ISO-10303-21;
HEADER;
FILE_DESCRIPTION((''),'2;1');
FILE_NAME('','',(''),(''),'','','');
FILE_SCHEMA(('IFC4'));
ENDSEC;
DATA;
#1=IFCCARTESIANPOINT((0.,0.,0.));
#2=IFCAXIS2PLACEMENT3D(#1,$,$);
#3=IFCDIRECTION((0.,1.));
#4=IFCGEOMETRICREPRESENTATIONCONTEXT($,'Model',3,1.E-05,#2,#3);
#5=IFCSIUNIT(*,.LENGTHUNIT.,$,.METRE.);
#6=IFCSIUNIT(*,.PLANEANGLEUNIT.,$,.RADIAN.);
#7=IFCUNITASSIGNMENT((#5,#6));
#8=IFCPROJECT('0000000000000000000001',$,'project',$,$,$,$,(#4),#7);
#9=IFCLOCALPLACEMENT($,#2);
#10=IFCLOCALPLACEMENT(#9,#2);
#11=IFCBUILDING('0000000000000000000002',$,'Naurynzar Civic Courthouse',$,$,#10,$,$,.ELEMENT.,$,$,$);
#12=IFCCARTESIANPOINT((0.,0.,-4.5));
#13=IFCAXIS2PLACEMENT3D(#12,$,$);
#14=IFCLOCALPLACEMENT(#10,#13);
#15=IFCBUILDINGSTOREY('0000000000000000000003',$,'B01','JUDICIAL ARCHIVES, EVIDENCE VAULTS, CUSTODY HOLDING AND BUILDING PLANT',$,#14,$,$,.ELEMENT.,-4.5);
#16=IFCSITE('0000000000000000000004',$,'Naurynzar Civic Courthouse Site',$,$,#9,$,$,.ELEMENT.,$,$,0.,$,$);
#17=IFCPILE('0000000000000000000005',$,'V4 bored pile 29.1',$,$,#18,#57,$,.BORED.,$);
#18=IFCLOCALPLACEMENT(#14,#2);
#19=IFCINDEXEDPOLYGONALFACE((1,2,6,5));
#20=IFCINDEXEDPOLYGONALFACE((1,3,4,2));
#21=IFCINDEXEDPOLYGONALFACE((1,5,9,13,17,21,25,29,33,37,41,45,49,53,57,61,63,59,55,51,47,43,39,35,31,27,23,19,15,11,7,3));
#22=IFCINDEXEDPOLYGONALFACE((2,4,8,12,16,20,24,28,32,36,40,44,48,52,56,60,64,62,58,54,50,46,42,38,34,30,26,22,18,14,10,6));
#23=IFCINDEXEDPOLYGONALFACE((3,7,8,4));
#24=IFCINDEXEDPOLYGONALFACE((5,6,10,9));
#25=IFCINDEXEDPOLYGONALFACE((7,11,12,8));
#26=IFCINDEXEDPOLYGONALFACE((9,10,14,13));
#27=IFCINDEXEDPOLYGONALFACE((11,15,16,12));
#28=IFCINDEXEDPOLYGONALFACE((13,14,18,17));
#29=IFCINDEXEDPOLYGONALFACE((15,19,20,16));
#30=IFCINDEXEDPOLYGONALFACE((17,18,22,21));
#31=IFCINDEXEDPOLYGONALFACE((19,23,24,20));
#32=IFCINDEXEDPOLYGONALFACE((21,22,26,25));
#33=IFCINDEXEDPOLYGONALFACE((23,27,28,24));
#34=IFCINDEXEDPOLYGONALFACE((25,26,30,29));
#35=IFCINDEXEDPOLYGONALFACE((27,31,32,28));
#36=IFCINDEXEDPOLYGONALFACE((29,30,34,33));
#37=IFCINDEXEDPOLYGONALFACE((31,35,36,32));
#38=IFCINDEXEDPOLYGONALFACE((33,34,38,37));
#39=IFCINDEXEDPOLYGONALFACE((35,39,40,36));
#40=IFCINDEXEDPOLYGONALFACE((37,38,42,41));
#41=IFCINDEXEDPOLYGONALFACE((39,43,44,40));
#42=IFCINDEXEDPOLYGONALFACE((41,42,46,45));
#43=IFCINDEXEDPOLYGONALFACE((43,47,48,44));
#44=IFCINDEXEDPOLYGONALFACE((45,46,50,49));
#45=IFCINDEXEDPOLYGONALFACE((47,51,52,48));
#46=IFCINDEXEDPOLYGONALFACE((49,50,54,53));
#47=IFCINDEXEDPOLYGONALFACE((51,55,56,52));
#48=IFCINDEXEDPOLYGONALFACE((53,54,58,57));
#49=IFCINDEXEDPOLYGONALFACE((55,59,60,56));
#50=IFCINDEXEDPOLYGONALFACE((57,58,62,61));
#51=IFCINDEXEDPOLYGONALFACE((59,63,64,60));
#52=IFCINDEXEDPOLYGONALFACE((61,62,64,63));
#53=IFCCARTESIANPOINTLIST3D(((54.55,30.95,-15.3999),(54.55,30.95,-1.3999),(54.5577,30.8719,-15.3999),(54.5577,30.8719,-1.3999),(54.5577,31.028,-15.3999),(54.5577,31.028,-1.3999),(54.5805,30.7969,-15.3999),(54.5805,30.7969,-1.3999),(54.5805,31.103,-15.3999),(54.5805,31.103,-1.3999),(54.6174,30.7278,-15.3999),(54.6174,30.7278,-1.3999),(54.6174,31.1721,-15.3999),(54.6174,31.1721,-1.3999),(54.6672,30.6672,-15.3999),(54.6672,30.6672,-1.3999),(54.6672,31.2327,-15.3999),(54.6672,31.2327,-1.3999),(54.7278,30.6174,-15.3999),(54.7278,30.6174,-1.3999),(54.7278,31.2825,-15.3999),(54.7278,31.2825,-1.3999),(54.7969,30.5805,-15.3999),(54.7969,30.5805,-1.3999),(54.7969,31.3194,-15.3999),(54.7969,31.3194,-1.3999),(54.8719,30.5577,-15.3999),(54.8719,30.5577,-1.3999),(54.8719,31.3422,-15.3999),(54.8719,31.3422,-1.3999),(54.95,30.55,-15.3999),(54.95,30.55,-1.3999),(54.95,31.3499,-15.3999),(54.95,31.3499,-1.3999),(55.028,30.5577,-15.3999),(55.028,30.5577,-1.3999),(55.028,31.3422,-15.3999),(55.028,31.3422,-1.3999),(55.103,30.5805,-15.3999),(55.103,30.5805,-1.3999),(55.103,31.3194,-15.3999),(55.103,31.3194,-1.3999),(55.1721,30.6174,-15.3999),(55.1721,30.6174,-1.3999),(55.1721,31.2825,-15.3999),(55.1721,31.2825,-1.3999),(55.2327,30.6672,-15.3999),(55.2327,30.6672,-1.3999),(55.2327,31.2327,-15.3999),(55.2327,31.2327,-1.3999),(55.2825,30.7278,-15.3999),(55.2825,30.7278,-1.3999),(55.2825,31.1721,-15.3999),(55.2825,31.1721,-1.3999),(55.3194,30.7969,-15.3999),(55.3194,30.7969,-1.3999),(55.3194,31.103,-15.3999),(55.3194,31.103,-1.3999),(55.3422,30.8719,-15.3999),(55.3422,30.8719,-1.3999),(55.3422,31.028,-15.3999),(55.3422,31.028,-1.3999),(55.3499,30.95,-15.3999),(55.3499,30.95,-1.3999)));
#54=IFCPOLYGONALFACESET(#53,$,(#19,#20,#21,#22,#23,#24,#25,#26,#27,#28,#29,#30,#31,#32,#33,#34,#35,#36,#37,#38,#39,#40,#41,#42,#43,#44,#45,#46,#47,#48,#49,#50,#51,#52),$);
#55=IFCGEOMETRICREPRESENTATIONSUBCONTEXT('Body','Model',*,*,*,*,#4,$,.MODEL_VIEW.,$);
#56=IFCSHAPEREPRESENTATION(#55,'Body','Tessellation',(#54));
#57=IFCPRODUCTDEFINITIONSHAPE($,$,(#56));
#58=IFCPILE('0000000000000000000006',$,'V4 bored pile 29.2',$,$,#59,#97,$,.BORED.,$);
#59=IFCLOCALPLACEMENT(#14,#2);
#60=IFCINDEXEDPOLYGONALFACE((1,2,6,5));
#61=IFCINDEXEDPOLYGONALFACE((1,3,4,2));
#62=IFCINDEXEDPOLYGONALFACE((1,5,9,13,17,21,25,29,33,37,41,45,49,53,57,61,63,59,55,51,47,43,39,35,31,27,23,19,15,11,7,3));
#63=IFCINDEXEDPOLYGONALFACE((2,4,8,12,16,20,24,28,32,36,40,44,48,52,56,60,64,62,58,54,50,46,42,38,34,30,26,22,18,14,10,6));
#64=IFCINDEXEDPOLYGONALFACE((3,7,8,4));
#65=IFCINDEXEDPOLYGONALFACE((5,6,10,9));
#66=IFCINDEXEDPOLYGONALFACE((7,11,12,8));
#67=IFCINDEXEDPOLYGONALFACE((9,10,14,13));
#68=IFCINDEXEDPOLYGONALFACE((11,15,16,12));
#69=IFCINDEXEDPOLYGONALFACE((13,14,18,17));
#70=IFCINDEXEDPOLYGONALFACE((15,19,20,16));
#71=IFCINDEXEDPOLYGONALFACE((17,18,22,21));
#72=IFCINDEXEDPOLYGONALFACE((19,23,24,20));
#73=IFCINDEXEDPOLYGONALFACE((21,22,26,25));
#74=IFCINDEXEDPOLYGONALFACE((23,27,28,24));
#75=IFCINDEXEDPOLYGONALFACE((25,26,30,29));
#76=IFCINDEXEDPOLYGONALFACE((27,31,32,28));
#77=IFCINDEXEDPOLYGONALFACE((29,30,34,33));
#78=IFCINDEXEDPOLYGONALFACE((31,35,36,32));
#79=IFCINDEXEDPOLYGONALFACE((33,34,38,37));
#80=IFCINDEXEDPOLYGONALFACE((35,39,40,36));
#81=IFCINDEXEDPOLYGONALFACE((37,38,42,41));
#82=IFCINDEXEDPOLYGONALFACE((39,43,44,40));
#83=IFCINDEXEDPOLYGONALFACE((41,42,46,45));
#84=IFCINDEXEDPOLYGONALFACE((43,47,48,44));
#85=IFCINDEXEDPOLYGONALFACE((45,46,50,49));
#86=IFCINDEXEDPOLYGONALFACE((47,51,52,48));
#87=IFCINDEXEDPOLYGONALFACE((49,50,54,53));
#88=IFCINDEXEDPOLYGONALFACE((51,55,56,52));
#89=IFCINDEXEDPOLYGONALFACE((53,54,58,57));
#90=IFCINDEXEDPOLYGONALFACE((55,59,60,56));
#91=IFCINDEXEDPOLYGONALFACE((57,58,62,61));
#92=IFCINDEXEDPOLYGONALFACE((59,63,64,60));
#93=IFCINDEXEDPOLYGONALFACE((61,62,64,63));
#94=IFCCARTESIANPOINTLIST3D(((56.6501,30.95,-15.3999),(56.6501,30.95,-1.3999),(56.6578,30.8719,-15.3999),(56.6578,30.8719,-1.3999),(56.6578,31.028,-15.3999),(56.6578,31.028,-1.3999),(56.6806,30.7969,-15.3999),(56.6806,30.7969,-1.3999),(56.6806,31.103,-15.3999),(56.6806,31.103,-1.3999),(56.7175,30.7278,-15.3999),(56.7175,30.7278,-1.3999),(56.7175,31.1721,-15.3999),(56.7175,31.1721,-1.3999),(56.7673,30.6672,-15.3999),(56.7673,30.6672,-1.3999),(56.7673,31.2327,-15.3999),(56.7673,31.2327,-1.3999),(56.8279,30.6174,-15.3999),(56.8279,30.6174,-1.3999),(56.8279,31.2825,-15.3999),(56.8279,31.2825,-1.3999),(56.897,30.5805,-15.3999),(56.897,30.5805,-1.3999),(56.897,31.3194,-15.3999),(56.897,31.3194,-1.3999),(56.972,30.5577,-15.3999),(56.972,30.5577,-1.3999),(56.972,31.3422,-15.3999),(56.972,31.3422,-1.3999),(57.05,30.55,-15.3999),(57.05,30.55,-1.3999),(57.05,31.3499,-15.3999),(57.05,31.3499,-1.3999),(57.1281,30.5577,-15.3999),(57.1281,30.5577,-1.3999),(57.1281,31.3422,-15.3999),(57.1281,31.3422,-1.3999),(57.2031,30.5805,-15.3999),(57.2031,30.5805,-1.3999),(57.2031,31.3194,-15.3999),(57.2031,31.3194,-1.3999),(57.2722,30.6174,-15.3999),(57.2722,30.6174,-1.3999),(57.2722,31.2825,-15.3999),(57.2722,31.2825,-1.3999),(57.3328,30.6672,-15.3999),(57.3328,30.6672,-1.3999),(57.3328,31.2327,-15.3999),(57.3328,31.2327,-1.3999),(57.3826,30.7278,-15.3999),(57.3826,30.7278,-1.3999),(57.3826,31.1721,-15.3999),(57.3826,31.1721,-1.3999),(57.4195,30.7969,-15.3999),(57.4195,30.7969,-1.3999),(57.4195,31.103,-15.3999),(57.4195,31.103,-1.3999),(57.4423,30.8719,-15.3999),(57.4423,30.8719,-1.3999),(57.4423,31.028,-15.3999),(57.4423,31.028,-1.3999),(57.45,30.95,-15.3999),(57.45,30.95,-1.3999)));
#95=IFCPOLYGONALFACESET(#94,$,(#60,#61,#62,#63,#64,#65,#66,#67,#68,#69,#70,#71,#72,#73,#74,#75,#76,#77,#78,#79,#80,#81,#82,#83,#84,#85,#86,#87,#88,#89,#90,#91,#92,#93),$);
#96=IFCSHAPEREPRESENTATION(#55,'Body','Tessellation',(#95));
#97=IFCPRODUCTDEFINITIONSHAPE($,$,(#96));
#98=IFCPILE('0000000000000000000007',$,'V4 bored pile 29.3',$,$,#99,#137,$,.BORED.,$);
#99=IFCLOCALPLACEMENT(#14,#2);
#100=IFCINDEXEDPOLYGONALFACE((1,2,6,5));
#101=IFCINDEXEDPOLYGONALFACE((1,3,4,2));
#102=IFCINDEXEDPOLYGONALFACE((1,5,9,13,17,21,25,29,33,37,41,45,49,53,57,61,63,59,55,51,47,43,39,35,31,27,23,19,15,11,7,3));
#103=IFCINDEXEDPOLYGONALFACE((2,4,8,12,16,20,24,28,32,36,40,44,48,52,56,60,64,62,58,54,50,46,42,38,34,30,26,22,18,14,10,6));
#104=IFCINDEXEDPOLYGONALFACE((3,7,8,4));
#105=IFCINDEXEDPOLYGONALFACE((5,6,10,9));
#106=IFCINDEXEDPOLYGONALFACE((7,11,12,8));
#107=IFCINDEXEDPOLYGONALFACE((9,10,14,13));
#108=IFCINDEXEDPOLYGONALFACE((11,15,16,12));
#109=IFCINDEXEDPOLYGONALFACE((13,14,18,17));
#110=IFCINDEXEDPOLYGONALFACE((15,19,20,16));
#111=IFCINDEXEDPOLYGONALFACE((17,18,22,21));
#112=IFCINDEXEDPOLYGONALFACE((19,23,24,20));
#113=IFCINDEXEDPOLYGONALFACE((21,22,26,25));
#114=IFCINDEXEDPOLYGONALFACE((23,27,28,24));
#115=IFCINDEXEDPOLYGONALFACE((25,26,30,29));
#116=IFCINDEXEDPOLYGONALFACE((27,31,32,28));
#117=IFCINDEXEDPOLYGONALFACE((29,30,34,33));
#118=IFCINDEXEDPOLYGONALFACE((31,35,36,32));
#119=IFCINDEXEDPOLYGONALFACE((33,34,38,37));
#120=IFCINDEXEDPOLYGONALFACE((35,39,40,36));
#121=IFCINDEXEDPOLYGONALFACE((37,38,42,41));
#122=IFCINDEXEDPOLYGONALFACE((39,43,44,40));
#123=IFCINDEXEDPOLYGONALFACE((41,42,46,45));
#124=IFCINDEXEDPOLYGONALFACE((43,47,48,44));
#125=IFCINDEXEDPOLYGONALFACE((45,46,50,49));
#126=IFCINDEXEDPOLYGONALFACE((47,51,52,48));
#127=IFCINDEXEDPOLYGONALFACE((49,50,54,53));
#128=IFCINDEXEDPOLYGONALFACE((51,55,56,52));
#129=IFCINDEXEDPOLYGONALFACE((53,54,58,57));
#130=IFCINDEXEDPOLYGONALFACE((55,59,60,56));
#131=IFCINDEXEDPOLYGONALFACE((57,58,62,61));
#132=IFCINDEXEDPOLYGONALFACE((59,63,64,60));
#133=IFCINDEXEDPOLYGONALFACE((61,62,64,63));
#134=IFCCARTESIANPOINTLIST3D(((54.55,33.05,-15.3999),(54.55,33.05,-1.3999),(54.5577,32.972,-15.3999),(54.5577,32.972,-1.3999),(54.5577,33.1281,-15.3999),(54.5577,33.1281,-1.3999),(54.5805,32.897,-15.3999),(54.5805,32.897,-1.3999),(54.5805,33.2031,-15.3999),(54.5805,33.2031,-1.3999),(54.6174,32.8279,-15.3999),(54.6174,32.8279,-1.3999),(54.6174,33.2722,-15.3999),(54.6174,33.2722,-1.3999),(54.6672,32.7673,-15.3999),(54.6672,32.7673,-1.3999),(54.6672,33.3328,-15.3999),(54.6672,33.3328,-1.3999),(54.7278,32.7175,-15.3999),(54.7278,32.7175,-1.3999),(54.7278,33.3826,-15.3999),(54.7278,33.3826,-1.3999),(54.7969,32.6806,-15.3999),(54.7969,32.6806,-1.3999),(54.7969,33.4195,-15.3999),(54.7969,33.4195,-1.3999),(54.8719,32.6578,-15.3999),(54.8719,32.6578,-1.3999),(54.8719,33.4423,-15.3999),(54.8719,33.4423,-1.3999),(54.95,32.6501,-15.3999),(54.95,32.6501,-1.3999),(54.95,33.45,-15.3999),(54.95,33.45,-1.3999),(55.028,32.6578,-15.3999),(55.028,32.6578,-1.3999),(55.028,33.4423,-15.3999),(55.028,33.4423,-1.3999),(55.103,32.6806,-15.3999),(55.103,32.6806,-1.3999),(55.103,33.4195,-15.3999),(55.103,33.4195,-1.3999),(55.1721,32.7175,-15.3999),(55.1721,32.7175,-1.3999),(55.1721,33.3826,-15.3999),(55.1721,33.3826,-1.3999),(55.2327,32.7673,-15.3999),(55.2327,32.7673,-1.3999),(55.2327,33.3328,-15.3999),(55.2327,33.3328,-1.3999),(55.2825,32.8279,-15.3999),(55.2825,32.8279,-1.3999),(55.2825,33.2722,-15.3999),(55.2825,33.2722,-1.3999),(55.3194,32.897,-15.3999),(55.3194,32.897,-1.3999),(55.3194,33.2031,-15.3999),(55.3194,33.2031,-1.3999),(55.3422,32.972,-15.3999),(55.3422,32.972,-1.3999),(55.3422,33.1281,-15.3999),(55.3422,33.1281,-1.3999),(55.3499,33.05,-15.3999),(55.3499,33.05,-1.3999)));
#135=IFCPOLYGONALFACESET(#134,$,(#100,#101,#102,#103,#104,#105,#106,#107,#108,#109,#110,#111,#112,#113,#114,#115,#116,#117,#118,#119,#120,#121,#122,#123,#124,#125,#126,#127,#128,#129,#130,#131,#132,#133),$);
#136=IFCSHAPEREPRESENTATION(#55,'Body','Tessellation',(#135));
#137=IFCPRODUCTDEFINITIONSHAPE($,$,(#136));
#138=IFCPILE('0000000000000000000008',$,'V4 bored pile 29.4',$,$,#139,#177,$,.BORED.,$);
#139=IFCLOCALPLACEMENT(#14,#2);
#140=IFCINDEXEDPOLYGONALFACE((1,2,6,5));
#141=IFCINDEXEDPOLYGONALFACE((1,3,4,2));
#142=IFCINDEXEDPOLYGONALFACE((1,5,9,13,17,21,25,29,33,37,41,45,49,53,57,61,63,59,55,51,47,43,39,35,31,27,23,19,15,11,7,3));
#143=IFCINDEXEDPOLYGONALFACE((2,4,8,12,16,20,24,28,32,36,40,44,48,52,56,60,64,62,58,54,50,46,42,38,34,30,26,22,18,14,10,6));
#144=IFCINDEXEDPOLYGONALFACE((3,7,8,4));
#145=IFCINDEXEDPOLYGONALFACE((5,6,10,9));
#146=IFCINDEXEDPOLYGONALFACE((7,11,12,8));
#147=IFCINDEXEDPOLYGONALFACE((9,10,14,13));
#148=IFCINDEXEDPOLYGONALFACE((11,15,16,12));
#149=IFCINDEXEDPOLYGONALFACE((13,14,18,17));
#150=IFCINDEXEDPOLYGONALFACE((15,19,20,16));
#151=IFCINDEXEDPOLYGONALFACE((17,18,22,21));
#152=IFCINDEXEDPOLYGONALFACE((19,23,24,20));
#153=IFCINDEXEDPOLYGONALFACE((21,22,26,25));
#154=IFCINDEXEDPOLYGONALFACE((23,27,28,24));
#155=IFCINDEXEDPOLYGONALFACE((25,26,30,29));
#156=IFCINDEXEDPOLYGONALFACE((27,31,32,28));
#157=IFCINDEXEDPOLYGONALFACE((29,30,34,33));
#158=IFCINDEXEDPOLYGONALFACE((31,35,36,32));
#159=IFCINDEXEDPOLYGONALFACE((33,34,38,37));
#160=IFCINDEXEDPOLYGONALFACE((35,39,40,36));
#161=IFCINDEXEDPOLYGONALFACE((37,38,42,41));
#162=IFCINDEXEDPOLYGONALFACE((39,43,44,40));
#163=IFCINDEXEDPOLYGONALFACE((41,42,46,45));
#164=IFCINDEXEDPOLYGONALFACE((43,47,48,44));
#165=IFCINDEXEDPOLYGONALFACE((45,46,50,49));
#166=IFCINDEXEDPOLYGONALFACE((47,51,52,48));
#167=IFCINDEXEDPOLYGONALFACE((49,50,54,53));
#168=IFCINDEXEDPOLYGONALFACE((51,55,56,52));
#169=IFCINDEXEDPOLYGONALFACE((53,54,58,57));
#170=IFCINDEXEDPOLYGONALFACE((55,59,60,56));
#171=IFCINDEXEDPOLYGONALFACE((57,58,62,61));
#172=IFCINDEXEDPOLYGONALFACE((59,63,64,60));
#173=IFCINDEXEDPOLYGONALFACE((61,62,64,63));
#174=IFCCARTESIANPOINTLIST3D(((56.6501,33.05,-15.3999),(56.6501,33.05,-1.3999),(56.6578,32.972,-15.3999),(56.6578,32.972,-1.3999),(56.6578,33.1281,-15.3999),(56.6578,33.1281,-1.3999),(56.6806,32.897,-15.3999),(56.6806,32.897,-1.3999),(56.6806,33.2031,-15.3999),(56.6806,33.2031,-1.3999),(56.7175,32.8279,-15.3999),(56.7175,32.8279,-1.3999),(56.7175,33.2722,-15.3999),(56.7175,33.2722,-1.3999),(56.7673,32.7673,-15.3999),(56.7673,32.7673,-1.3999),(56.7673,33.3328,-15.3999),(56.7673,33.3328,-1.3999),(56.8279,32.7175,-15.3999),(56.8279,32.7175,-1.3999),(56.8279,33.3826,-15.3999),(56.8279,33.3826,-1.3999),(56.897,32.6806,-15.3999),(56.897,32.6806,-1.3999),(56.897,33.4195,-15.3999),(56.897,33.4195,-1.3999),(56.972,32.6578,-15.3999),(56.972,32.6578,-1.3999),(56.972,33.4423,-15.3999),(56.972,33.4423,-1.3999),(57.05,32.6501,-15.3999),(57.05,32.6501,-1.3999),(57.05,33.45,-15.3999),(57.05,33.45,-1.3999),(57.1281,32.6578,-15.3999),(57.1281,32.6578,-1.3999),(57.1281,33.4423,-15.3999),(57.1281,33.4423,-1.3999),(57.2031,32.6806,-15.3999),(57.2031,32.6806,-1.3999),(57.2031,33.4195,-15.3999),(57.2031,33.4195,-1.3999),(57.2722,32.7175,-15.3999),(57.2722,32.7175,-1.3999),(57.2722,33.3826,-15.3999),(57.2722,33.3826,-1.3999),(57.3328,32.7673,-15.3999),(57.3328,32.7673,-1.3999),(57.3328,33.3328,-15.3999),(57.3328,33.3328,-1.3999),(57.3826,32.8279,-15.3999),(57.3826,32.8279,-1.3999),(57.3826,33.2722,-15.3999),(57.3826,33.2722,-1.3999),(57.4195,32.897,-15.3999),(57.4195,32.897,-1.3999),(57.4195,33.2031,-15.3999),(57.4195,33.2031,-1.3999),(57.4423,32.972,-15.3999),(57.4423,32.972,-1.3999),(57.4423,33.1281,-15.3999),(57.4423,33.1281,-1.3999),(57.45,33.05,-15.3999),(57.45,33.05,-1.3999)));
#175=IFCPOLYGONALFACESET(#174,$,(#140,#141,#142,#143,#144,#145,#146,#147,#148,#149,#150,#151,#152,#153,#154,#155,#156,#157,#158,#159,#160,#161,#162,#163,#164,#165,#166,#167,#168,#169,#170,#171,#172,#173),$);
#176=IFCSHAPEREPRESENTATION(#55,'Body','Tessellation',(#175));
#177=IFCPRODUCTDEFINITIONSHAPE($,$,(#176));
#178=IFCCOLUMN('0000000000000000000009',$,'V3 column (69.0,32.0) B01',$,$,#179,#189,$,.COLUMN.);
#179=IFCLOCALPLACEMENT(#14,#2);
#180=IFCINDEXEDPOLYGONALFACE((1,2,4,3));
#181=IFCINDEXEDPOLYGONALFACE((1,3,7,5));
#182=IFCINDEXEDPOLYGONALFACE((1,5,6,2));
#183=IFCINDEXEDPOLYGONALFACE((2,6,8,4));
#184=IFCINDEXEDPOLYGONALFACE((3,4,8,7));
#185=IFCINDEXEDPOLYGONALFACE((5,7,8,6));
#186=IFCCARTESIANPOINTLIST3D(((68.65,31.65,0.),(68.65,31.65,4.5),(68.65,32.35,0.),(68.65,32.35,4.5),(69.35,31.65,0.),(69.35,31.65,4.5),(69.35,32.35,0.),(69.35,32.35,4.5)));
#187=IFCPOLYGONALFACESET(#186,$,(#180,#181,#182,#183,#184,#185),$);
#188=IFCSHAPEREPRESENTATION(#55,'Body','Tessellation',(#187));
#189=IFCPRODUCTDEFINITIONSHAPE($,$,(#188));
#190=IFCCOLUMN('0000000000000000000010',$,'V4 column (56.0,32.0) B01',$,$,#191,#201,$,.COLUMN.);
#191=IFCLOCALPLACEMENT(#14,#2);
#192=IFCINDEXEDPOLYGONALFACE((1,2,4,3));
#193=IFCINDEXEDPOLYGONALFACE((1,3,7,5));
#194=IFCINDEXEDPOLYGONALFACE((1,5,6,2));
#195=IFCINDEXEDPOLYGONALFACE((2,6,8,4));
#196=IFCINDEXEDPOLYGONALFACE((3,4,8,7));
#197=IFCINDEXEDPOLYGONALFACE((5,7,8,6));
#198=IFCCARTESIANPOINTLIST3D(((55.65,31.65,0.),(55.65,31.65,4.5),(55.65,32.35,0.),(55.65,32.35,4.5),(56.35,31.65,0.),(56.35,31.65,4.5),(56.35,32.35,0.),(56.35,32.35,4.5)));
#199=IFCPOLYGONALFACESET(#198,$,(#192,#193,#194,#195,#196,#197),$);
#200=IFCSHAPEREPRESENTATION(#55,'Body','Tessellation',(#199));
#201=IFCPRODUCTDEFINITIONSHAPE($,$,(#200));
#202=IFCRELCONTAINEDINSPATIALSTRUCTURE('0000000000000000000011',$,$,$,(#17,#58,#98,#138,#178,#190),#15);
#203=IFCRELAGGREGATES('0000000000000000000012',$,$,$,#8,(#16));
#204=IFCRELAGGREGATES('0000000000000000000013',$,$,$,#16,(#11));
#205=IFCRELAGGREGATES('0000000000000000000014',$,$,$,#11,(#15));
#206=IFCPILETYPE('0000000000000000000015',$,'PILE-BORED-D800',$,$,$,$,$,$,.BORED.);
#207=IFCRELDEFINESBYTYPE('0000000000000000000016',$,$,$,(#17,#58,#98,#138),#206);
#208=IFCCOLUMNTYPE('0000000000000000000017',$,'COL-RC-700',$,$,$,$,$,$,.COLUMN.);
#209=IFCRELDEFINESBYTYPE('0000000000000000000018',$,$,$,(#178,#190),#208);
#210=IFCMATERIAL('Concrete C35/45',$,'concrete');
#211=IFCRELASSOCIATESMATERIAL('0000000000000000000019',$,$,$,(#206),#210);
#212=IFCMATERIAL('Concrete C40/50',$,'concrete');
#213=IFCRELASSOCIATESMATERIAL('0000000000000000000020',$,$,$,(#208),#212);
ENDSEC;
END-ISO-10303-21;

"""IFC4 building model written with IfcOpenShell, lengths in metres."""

from ifc_helpers import new_model, si_unit, direction, frame, origin, origin_2d, place, context, subcontext, project, spatial, rectangle, circle, extrude, material, material_profile, profile_set, type_object, element, save


model = new_model("IFC4")

# Units and contexts
model_context = context("Model", 3, precision=1e-05, world=origin(), true_north=direction((0.0, 1.0)))
body_context = subcontext(model_context, "Body", "Model", "MODEL_VIEW")
ifc_project = project(units=[si_unit("LENGTHUNIT", "METRE"), si_unit("PLANEANGLEUNIT", "RADIAN")], contexts=[model_context])

# Site, building, storey
site_placement = place(None, origin())
site = spatial("IfcSite", under=ifc_project, at=site_placement, Name="Naurynzar Civic Courthouse Site", CompositionType="ELEMENT", RefElevation=0.0)
building_placement = place(site_placement, origin())
building = spatial("IfcBuilding", under=site, at=building_placement, Name="Naurynzar Civic Courthouse", CompositionType="ELEMENT")
storey_placement = place(building_placement, frame((0.0, 0.0, -4.5)))
storey = spatial("IfcBuildingStorey", under=building, at=storey_placement, Name="B01", Description="JUDICIAL ARCHIVES, EVIDENCE VAULTS, CUSTODY HOLDING AND BUILDING PLANT", CompositionType="ELEMENT", Elevation=-4.5)

# Piles
ifc_material_1 = material(Name="Concrete C35/45", Category="concrete")
ifc_material_profile_1 = material_profile(ifc_material_1, circle(Radius=0.3999, at=origin_2d()), Name="PILE D800")
ifc_profile_set_1 = profile_set([ifc_material_profile_1], Name="Concrete C35/45")
pile_type = type_object("IfcPileType", Name="PILE-BORED-D800", PredefinedType="BORED", material=ifc_profile_set_1)
for number, where, z_axis, x_axis, name in (
    (1, (54.95, 30.95, -1.3999), (0.0, 0.0, -1.0), (1.0, 0.0, 0.0), "V4 bored pile 29.1"),
    (2, (57.05, 30.95, -1.3999), (0.0, 0.0, -1.0), (1.0, 0.0, 0.0), "V4 bored pile 29.2"),
    (3, (54.95, 33.05, -1.3999), (0.0, 0.0, -1.0), (1.0, 0.0, 0.0), "V4 bored pile 29.3"),
    (4, (57.05, 33.05, -1.3999), (0.0, 0.0, -1.0), (1.0, 0.0, 0.0), "V4 bored pile 29.4"),
):
    element("IfcPile", number, at=place(storey_placement, frame(where, z_axis=z_axis, x_axis=x_axis)), inside=storey, type_object=pile_type, Name=name, PredefinedType="BORED", context=body_context, shape_type="SweptSolid", body=[
        extrude(circle(Radius=0.3999, at=origin_2d()), origin(), (0.0, 0.0, 1.0), 14.0),
    ])

# Columns
ifc_material_2 = material(Name="Concrete C40/50", Category="concrete")
ifc_material_profile_2 = material_profile(ifc_material_2, rectangle(XDim=0.7, YDim=0.7, at=origin_2d()), Name="RC 700x700")
ifc_profile_set_2 = profile_set([ifc_material_profile_2], Name="Concrete C40/50")
column_type = type_object("IfcColumnType", Name="COL-RC-700", PredefinedType="COLUMN", material=ifc_profile_set_2)
for number, where, z_axis, x_axis, name in (
    (5, (69.0, 32.0, 0.0), (0.0, 0.0, 1.0), (1.0, 0.0, 0.0), "V3 column (69.0,32.0) B01"),
    (6, (56.0, 32.0, 0.0), (0.0, 0.0, 1.0), (1.0, 0.0, 0.0), "V4 column (56.0,32.0) B01"),
):
    element("IfcColumn", number, at=place(storey_placement, frame(where, z_axis=z_axis, x_axis=x_axis)), inside=storey, type_object=column_type, Name=name, PredefinedType="COLUMN", context=body_context, shape_type="SweptSolid", body=[
        extrude(rectangle(XDim=0.7, YDim=0.7, at=origin_2d()), origin(), (0.0, 0.0, 1.0), 4.5),
    ])

save(model, "model.ifc")
